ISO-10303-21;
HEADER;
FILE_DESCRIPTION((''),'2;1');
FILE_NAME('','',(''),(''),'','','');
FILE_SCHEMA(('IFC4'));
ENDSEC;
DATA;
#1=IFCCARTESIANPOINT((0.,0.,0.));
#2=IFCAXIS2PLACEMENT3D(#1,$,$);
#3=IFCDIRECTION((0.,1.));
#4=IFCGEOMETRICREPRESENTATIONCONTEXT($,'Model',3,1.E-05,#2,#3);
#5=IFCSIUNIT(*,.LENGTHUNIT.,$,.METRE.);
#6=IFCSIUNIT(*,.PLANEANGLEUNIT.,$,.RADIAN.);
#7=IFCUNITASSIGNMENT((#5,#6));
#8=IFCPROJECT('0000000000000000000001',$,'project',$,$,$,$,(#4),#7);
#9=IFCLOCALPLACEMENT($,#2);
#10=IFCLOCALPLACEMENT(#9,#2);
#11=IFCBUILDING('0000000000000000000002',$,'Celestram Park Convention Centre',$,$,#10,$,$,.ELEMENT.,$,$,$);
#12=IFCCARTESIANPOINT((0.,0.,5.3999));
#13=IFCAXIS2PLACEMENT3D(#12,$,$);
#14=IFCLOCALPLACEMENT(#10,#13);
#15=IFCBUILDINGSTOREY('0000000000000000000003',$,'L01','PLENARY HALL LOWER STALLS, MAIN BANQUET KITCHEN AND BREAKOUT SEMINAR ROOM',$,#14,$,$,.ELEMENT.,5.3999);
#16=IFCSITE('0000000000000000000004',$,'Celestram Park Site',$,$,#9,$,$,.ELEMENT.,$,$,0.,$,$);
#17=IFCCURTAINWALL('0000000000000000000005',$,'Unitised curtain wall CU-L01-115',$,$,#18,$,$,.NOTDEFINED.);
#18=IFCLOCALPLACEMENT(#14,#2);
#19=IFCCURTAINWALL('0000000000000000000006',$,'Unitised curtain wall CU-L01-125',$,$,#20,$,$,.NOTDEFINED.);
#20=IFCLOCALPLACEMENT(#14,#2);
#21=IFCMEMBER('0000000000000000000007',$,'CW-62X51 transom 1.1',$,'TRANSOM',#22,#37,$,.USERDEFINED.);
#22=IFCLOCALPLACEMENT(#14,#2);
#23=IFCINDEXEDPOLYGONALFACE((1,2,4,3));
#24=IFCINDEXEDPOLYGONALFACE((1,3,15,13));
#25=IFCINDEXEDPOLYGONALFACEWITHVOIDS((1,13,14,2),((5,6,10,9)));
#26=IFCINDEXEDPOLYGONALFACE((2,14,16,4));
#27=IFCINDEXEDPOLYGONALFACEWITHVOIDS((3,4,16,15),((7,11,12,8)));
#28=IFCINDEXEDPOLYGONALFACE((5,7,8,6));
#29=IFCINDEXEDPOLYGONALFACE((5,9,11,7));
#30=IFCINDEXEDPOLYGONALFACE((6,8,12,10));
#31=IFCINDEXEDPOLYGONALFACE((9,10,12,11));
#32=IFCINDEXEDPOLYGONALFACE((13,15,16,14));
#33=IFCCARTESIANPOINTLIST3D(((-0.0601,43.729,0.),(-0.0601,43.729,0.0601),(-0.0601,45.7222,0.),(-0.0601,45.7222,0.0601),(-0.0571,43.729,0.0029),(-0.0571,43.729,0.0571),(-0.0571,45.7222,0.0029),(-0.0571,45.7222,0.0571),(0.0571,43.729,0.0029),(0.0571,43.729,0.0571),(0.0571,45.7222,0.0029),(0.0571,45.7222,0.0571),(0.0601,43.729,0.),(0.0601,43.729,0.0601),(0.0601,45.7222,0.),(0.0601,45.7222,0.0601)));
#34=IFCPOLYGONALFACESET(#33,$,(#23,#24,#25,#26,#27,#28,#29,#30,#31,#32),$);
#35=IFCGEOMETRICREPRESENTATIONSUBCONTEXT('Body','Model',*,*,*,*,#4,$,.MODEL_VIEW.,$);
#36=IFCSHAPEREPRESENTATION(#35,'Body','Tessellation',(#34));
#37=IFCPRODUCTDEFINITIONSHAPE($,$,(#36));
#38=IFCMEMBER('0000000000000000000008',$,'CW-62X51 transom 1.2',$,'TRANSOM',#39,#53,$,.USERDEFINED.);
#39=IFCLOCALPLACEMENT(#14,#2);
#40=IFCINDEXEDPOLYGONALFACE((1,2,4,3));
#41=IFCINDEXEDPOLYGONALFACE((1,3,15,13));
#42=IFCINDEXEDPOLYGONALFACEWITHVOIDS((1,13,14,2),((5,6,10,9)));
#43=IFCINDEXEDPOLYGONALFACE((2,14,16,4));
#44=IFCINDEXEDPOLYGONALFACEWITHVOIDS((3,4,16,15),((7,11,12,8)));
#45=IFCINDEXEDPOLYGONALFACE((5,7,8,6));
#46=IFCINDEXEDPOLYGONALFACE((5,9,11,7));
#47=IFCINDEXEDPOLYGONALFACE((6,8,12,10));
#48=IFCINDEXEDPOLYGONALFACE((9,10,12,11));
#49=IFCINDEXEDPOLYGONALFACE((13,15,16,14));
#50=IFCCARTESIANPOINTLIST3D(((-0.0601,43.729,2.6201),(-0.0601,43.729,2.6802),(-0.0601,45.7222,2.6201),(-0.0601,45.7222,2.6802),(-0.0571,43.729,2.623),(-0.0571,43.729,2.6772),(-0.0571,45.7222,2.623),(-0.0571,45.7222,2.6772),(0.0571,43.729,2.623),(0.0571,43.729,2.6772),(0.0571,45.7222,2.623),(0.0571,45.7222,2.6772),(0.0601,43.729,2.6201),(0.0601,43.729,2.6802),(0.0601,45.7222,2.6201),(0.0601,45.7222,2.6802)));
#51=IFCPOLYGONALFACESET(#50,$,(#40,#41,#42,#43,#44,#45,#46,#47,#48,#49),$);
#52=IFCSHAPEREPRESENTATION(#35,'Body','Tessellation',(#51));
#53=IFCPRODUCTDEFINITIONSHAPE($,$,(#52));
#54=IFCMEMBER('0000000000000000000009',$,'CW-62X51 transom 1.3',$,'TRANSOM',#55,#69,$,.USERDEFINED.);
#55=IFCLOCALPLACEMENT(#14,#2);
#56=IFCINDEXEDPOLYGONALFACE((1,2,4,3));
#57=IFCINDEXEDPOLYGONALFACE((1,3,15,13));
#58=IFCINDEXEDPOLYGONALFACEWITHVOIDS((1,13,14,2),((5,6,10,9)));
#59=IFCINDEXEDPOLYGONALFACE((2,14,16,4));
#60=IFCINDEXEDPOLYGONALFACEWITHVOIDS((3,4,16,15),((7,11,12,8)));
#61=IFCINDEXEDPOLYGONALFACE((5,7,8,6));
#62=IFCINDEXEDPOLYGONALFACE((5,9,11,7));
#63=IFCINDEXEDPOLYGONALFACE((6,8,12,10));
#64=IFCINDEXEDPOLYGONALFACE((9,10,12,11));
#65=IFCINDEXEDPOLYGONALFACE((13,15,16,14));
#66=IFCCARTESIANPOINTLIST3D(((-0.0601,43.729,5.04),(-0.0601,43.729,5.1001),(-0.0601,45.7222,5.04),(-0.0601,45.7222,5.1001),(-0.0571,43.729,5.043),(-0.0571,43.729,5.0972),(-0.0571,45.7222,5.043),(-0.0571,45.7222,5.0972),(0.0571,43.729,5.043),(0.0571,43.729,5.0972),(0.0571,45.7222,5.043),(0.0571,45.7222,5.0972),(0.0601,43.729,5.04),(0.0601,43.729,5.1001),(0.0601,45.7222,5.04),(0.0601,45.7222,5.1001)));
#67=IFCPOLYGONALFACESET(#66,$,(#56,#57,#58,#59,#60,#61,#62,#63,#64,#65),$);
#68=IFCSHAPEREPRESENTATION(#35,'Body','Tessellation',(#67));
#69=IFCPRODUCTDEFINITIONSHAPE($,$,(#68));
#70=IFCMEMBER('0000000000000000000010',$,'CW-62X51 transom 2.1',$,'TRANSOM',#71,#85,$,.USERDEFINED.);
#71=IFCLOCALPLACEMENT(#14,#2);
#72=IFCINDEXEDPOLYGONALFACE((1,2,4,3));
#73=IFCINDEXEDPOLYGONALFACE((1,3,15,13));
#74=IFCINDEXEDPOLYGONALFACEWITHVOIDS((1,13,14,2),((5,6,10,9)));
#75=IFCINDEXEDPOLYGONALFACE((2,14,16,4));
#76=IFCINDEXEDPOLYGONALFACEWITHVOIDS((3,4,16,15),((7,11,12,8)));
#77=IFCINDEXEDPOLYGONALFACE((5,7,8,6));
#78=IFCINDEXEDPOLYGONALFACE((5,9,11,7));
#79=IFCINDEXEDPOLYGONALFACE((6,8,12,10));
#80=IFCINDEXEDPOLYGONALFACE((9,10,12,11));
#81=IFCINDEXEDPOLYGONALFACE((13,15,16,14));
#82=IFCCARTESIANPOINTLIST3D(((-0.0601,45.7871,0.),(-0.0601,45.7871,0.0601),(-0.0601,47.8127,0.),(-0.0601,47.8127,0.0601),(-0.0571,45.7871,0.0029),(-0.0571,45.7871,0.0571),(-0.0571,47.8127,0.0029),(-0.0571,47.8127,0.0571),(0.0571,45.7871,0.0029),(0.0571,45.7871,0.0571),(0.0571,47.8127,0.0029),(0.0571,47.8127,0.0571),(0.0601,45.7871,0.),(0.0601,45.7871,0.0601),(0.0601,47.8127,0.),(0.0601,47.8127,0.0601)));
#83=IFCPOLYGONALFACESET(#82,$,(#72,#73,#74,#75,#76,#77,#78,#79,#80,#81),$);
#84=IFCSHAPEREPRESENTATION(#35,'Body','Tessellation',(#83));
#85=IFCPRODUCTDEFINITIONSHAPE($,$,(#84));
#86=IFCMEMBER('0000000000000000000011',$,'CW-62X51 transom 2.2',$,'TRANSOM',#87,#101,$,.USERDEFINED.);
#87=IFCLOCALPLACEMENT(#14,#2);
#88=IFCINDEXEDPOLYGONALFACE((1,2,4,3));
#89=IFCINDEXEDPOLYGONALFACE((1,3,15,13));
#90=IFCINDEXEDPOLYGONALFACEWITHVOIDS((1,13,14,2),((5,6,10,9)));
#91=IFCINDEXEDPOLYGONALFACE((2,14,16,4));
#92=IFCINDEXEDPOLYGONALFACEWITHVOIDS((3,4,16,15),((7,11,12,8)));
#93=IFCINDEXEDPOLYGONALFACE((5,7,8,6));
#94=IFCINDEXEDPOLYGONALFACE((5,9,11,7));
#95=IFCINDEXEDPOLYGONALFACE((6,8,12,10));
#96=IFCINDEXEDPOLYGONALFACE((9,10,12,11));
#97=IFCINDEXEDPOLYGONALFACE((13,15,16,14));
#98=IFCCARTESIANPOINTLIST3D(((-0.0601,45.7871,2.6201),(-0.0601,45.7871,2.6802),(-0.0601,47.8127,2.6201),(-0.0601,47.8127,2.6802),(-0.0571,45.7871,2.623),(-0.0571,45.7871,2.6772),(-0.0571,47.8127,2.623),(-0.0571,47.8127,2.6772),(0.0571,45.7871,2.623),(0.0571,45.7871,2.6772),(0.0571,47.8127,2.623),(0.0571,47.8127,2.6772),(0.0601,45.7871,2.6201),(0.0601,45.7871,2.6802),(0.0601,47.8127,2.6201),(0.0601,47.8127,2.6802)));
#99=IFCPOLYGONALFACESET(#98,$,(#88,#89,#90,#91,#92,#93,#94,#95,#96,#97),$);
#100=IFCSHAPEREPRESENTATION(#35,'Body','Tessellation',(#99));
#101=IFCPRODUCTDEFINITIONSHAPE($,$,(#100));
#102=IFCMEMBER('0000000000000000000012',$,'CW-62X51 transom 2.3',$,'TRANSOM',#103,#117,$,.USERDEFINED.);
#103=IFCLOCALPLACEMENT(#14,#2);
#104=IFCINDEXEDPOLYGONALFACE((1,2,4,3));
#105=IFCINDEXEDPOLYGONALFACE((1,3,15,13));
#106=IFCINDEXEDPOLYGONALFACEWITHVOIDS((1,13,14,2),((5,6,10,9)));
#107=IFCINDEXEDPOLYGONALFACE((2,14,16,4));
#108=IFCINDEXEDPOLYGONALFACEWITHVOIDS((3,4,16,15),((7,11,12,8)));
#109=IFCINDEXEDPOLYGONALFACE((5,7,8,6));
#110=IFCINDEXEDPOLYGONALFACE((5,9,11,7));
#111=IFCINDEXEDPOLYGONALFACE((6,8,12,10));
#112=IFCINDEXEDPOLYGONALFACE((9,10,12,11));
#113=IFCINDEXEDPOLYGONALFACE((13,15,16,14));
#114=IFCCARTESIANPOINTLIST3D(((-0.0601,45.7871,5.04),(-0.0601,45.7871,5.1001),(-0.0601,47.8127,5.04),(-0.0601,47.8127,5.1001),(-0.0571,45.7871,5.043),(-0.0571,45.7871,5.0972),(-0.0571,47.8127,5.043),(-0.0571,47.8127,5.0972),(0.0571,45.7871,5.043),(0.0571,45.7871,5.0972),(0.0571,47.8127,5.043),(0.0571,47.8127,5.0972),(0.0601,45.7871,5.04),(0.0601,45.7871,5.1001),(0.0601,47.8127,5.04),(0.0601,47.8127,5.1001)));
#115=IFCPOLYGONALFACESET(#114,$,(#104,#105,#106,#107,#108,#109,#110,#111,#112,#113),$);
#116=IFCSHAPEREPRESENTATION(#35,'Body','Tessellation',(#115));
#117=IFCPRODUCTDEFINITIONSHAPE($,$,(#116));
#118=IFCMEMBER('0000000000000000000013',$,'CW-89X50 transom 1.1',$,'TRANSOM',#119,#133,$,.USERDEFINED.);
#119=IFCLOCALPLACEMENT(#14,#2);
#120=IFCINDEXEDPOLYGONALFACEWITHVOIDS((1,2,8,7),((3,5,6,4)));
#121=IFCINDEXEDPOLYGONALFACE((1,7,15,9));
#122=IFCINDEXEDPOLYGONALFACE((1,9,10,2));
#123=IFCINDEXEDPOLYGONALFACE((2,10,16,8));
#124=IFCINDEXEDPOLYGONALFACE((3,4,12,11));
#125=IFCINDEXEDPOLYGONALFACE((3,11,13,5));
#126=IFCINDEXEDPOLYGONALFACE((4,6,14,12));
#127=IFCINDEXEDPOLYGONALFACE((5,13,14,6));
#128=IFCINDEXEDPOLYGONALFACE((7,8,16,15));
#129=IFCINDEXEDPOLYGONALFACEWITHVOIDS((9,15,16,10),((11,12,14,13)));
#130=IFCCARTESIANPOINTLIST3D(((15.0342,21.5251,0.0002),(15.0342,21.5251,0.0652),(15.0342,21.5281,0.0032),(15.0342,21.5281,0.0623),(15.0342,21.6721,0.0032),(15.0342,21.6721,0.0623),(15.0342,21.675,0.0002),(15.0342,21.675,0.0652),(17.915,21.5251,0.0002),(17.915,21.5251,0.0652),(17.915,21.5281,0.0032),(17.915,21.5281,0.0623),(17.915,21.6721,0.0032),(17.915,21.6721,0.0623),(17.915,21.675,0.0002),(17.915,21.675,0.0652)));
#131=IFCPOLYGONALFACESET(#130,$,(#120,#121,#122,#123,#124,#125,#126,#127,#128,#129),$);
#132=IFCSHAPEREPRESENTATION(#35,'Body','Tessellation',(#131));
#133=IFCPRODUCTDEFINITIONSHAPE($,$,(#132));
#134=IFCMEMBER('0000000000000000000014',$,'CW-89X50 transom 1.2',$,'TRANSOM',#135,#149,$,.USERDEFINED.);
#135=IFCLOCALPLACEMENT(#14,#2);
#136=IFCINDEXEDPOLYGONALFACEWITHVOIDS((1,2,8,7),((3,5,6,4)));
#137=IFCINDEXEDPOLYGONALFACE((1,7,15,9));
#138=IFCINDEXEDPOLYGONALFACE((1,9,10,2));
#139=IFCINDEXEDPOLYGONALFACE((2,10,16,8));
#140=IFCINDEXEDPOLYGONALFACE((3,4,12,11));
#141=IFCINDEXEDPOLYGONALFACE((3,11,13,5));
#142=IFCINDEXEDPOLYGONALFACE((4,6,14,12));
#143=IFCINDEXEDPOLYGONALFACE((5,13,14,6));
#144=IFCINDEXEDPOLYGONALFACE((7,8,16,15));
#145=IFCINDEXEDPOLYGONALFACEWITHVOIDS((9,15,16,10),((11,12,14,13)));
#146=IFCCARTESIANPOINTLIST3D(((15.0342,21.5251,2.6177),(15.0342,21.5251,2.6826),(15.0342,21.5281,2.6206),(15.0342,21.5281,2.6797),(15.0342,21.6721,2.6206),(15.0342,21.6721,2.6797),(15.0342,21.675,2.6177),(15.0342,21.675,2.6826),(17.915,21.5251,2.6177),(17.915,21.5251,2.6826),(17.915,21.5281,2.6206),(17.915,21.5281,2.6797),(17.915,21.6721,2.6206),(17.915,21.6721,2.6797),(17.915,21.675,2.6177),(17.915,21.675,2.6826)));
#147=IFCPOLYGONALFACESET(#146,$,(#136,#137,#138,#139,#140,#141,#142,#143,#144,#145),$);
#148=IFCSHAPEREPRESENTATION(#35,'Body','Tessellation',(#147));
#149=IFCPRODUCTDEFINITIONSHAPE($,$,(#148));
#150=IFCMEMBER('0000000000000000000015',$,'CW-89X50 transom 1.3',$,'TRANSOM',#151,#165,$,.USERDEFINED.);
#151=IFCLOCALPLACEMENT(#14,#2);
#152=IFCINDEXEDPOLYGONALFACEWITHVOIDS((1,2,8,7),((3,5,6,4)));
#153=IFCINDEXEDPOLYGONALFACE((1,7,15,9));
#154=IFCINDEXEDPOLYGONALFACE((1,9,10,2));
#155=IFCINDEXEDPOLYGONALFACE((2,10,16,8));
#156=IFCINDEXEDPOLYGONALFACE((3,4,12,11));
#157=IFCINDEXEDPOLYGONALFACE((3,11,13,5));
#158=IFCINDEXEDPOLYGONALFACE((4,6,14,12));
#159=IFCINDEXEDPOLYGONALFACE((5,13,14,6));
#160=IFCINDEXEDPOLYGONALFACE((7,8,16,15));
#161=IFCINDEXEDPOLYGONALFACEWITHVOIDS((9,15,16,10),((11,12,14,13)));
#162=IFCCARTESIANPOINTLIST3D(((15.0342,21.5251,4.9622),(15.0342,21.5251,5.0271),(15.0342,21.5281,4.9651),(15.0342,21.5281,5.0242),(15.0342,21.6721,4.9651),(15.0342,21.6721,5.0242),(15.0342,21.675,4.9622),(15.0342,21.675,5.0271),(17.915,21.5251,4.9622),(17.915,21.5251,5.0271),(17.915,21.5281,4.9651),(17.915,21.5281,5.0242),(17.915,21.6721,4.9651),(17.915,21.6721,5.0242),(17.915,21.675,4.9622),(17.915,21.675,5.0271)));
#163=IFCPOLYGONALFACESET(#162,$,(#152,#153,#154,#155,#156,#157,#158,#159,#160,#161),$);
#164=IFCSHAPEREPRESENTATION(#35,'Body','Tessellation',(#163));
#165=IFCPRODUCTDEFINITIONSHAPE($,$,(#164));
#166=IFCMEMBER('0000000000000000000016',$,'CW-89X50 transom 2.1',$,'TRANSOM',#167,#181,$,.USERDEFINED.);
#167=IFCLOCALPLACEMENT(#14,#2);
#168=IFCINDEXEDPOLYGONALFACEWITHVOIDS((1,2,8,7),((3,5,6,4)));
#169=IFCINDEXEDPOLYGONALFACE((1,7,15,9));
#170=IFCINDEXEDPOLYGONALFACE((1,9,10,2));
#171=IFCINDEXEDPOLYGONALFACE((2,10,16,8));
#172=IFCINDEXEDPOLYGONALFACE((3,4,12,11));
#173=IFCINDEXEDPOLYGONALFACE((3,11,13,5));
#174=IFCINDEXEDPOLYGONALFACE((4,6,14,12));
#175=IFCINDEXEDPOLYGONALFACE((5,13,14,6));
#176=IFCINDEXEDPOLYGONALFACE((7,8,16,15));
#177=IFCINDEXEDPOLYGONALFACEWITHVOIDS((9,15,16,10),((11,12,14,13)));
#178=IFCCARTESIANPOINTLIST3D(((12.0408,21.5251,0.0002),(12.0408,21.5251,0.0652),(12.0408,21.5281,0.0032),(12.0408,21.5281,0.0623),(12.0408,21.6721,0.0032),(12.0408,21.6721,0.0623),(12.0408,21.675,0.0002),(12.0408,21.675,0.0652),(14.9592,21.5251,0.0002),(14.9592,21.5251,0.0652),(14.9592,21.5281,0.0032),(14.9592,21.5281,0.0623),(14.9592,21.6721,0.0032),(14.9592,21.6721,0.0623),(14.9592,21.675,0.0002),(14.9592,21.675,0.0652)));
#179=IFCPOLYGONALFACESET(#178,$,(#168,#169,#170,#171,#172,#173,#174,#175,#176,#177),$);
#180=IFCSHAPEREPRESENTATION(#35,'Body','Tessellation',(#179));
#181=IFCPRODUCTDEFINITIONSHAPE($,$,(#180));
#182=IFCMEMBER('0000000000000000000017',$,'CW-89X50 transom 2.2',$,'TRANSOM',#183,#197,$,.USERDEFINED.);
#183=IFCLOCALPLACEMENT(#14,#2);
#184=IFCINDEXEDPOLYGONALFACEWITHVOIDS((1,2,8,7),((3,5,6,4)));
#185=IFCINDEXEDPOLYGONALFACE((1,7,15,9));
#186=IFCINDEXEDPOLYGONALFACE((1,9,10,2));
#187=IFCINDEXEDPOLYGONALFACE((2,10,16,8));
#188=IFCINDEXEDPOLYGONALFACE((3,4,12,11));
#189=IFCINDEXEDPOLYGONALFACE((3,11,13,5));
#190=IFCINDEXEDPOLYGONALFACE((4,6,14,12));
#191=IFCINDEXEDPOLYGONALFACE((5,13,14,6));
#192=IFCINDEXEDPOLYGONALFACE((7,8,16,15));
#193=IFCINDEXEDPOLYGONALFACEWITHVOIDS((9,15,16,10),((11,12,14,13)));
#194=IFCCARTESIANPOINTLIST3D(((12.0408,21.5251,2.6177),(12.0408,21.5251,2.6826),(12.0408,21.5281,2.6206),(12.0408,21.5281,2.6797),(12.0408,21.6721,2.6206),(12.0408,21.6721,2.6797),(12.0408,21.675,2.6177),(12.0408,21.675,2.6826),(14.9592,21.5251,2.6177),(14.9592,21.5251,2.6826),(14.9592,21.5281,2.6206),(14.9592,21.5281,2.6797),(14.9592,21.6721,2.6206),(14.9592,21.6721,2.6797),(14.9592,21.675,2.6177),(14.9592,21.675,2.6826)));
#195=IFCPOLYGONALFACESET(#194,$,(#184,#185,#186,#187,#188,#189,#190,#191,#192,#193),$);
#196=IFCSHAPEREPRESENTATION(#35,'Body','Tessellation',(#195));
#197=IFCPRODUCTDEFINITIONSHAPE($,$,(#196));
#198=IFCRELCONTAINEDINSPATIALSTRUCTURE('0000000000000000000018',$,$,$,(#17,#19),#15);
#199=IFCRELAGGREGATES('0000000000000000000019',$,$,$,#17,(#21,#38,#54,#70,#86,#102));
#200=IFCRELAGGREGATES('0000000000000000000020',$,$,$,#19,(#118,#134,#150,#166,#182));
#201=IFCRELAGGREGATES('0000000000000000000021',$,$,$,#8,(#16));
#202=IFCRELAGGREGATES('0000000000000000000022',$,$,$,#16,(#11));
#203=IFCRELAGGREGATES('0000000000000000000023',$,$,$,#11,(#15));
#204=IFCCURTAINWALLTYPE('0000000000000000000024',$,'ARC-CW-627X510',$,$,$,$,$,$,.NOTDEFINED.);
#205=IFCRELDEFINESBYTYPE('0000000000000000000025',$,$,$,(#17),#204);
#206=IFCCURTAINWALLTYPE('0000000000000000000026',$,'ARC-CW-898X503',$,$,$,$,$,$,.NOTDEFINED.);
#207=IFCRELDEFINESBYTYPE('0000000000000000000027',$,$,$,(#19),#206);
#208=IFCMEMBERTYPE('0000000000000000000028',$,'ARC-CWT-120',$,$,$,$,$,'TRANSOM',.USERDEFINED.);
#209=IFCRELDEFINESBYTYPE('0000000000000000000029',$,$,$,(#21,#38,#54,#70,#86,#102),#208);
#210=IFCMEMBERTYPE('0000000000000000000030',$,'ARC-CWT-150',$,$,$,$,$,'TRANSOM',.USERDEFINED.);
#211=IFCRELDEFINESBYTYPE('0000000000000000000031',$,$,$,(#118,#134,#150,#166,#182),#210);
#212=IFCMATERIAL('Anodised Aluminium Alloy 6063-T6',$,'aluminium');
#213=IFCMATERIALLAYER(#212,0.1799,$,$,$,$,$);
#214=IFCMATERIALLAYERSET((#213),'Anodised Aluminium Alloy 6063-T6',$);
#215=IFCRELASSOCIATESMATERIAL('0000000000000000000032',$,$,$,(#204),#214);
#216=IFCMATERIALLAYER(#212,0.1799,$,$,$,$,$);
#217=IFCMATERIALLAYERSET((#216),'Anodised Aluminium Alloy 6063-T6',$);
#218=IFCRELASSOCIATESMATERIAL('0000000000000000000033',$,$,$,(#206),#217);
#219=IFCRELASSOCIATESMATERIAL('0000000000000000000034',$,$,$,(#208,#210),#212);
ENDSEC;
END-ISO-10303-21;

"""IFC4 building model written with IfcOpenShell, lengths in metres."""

from ifc_helpers import new_model, si_unit, direction, frame, origin, origin_2d, place, context, subcontext, project, spatial, hollow_rectangle, extrude, material, layer, layer_set, material_profile, profile_set, type_object, element, aggregate, save


model = new_model("IFC4")

# Units and contexts
model_context = context("Model", 3, precision=1e-05, world=origin(), true_north=direction((0.0, 1.0)))
body_context = subcontext(model_context, "Body", "Model", "MODEL_VIEW")
ifc_project = project(units=[si_unit("LENGTHUNIT", "METRE"), si_unit("PLANEANGLEUNIT", "RADIAN")], contexts=[model_context])

# Site, building, storey
site_placement = place(None, origin())
site = spatial("IfcSite", under=ifc_project, at=site_placement, Name="Celestram Park Site", CompositionType="ELEMENT", RefElevation=0.0)
building_placement = place(site_placement, origin())
building = spatial("IfcBuilding", under=site, at=building_placement, Name="Celestram Park Convention Centre", CompositionType="ELEMENT")
storey_placement = place(building_placement, frame((0.0, 0.0, 5.3999)))
storey = spatial("IfcBuildingStorey", under=building, at=storey_placement, Name="L01", Description="PLENARY HALL LOWER STALLS, MAIN BANQUET KITCHEN AND BREAKOUT SEMINAR ROOM", CompositionType="ELEMENT", Elevation=5.3999)

# Shared definitions
ifc_material_1 = material(Name="Anodised Aluminium Alloy 6063-T6", Category="aluminium")
ifc_layer_1 = layer(ifc_material_1, 0.1799)
ifc_layer_set_1 = layer_set([ifc_layer_1], Name="Anodised Aluminium Alloy 6063-T6")
curtain_wall_type_1 = type_object("IfcCurtainWallType", Name="ARC-CW-627X510", PredefinedType="NOTDEFINED", material=ifc_layer_set_1)

# Curtain walls
curtain_wall_1_placement = place(storey_placement, origin())
curtain_wall_1 = element("IfcCurtainWall", 1, at=curtain_wall_1_placement, inside=storey, type_object=curtain_wall_type_1, Name="Unitised curtain wall CU-L01-115", PredefinedType="NOTDEFINED")
ifc_layer_2 = layer(ifc_material_1, 0.1799)
ifc_layer_set_2 = layer_set([ifc_layer_2], Name="Anodised Aluminium Alloy 6063-T6")
curtain_wall_type_2 = type_object("IfcCurtainWallType", Name="ARC-CW-898X503", PredefinedType="NOTDEFINED", material=ifc_layer_set_2)
curtain_wall_2_placement = place(storey_placement, origin())
curtain_wall_2 = element("IfcCurtainWall", 2, at=curtain_wall_2_placement, inside=storey, type_object=curtain_wall_type_2, Name="Unitised curtain wall CU-L01-125", PredefinedType="NOTDEFINED")

# Members
ifc_material_profile_1 = material_profile(ifc_material_1, hollow_rectangle(XDim=0.1201, YDim=0.0601, WallThickness=0.0029, at=origin_2d()), Name="ALU120X60X3")
ifc_profile_set_1 = profile_set([ifc_material_profile_1], Name="Anodised Aluminium Alloy 6063-T6")
member_type_1 = type_object("IfcMemberType", Name="ARC-CWT-120", ElementType="TRANSOM", PredefinedType="USERDEFINED", material=ifc_profile_set_1)
member_1_placement = place(storey_placement, frame((0.0, 43.729, 0.03), z_axis=(0.0, 1.0, 0.0), x_axis=(-1.0, 0.0, 0.0)))
member_1 = element("IfcMember", 3, at=member_1_placement, type_object=member_type_1, Name="CW-62X51 transom 1.1", ObjectType="TRANSOM", PredefinedType="USERDEFINED", context=body_context, shape_type="SweptSolid", body=[
    extrude(hollow_rectangle(XDim=0.1201, YDim=0.0601, WallThickness=0.0029, at=origin_2d()), origin(), (0.0, 0.0, 1.0), 1.9932),
])
member_2_placement = place(storey_placement, frame((0.0, 43.729, 2.6501), z_axis=(0.0, 1.0, 0.0), x_axis=(-1.0, 0.0, 0.0)))
member_2 = element("IfcMember", 4, at=member_2_placement, type_object=member_type_1, Name="CW-62X51 transom 1.2", ObjectType="TRANSOM", PredefinedType="USERDEFINED", context=body_context, shape_type="SweptSolid", body=[
    extrude(hollow_rectangle(XDim=0.1201, YDim=0.0601, WallThickness=0.0029, at=origin_2d()), origin(), (0.0, 0.0, 1.0), 1.9932),
])
member_3_placement = place(storey_placement, frame((0.0, 43.729, 5.0701), z_axis=(0.0, 1.0, 0.0), x_axis=(-1.0, 0.0, 0.0)))
member_3 = element("IfcMember", 5, at=member_3_placement, type_object=member_type_1, Name="CW-62X51 transom 1.3", ObjectType="TRANSOM", PredefinedType="USERDEFINED", context=body_context, shape_type="SweptSolid", body=[
    extrude(hollow_rectangle(XDim=0.1201, YDim=0.0601, WallThickness=0.0029, at=origin_2d()), origin(), (0.0, 0.0, 1.0), 1.9932),
])
member_4_placement = place(storey_placement, frame((0.0, 45.7871, 0.03), z_axis=(0.0, 1.0, 0.0), x_axis=(-1.0, 0.0, 0.0)))
member_4 = element("IfcMember", 6, at=member_4_placement, type_object=member_type_1, Name="CW-62X51 transom 2.1", ObjectType="TRANSOM", PredefinedType="USERDEFINED", context=body_context, shape_type="SweptSolid", body=[
    extrude(hollow_rectangle(XDim=0.1201, YDim=0.0601, WallThickness=0.0029, at=origin_2d()), origin(), (0.0, 0.0, 1.0), 2.0256),
])
member_5_placement = place(storey_placement, frame((0.0, 45.7871, 2.6501), z_axis=(0.0, 1.0, 0.0), x_axis=(-1.0, 0.0, 0.0)))
member_5 = element("IfcMember", 7, at=member_5_placement, type_object=member_type_1, Name="CW-62X51 transom 2.2", ObjectType="TRANSOM", PredefinedType="USERDEFINED", context=body_context, shape_type="SweptSolid", body=[
    extrude(hollow_rectangle(XDim=0.1201, YDim=0.0601, WallThickness=0.0029, at=origin_2d()), origin(), (0.0, 0.0, 1.0), 2.0256),
])
member_6_placement = place(storey_placement, frame((0.0, 45.7871, 5.0701), z_axis=(0.0, 1.0, 0.0), x_axis=(-1.0, 0.0, 0.0)))
member_6 = element("IfcMember", 8, at=member_6_placement, type_object=member_type_1, Name="CW-62X51 transom 2.3", ObjectType="TRANSOM", PredefinedType="USERDEFINED", context=body_context, shape_type="SweptSolid", body=[
    extrude(hollow_rectangle(XDim=0.1201, YDim=0.0601, WallThickness=0.0029, at=origin_2d()), origin(), (0.0, 0.0, 1.0), 2.0256),
])
ifc_material_profile_2 = material_profile(ifc_material_1, hollow_rectangle(XDim=0.1499, YDim=0.0649, WallThickness=0.0029, at=origin_2d()), Name="ALU150X65X3")
ifc_profile_set_2 = profile_set([ifc_material_profile_2], Name="Anodised Aluminium Alloy 6063-T6")
member_type_2 = type_object("IfcMemberType", Name="ARC-CWT-150", ElementType="TRANSOM", PredefinedType="USERDEFINED", material=ifc_profile_set_2)
member_7_placement = place(storey_placement, frame((17.915, 21.6001, 0.0327), z_axis=(-1.0, 0.0, 0.0), x_axis=(0.0, -1.0, 0.0)))
member_7 = element("IfcMember", 9, at=member_7_placement, type_object=member_type_2, Name="CW-89X50 transom 1.1", ObjectType="TRANSOM", PredefinedType="USERDEFINED", context=body_context, shape_type="SweptSolid", body=[
    extrude(hollow_rectangle(XDim=0.1499, YDim=0.0649, WallThickness=0.0029, at=origin_2d()), origin(), (0.0, 0.0, 1.0), 2.8809),
])
member_8_placement = place(storey_placement, frame((17.915, 21.6001, 2.6501), z_axis=(-1.0, 0.0, 0.0), x_axis=(0.0, -1.0, 0.0)))
member_8 = element("IfcMember", 10, at=member_8_placement, type_object=member_type_2, Name="CW-89X50 transom 1.2", ObjectType="TRANSOM", PredefinedType="USERDEFINED", context=body_context, shape_type="SweptSolid", body=[
    extrude(hollow_rectangle(XDim=0.1499, YDim=0.0649, WallThickness=0.0029, at=origin_2d()), origin(), (0.0, 0.0, 1.0), 2.8809),
])
member_9_placement = place(storey_placement, frame((17.915, 21.6001, 4.9946), z_axis=(-1.0, 0.0, 0.0), x_axis=(0.0, -1.0, 0.0)))
member_9 = element("IfcMember", 11, at=member_9_placement, type_object=member_type_2, Name="CW-89X50 transom 1.3", ObjectType="TRANSOM", PredefinedType="USERDEFINED", context=body_context, shape_type="SweptSolid", body=[
    extrude(hollow_rectangle(XDim=0.1499, YDim=0.0649, WallThickness=0.0029, at=origin_2d()), origin(), (0.0, 0.0, 1.0), 2.8809),
])
member_10_placement = place(storey_placement, frame((14.9592, 21.6001, 0.0327), z_axis=(-1.0, 0.0, 0.0), x_axis=(0.0, -1.0, 0.0)))
member_10 = element("IfcMember", 12, at=member_10_placement, type_object=member_type_2, Name="CW-89X50 transom 2.1", ObjectType="TRANSOM", PredefinedType="USERDEFINED", context=body_context, shape_type="SweptSolid", body=[
    extrude(hollow_rectangle(XDim=0.1499, YDim=0.0649, WallThickness=0.0029, at=origin_2d()), origin(), (0.0, 0.0, 1.0), 2.9185),
])
member_11_placement = place(storey_placement, frame((14.9592, 21.6001, 2.6501), z_axis=(-1.0, 0.0, 0.0), x_axis=(0.0, -1.0, 0.0)))
member_11 = element("IfcMember", 13, at=member_11_placement, type_object=member_type_2, Name="CW-89X50 transom 2.2", ObjectType="TRANSOM", PredefinedType="USERDEFINED", context=body_context, shape_type="SweptSolid", body=[
    extrude(hollow_rectangle(XDim=0.1499, YDim=0.0649, WallThickness=0.0029, at=origin_2d()), origin(), (0.0, 0.0, 1.0), 2.9185),
])

aggregate(curtain_wall_1, [member_1, member_2, member_3, member_4, member_5, member_6])
aggregate(curtain_wall_2, [member_7, member_8, member_9, member_10, member_11])

save(model, "model.ifc")
